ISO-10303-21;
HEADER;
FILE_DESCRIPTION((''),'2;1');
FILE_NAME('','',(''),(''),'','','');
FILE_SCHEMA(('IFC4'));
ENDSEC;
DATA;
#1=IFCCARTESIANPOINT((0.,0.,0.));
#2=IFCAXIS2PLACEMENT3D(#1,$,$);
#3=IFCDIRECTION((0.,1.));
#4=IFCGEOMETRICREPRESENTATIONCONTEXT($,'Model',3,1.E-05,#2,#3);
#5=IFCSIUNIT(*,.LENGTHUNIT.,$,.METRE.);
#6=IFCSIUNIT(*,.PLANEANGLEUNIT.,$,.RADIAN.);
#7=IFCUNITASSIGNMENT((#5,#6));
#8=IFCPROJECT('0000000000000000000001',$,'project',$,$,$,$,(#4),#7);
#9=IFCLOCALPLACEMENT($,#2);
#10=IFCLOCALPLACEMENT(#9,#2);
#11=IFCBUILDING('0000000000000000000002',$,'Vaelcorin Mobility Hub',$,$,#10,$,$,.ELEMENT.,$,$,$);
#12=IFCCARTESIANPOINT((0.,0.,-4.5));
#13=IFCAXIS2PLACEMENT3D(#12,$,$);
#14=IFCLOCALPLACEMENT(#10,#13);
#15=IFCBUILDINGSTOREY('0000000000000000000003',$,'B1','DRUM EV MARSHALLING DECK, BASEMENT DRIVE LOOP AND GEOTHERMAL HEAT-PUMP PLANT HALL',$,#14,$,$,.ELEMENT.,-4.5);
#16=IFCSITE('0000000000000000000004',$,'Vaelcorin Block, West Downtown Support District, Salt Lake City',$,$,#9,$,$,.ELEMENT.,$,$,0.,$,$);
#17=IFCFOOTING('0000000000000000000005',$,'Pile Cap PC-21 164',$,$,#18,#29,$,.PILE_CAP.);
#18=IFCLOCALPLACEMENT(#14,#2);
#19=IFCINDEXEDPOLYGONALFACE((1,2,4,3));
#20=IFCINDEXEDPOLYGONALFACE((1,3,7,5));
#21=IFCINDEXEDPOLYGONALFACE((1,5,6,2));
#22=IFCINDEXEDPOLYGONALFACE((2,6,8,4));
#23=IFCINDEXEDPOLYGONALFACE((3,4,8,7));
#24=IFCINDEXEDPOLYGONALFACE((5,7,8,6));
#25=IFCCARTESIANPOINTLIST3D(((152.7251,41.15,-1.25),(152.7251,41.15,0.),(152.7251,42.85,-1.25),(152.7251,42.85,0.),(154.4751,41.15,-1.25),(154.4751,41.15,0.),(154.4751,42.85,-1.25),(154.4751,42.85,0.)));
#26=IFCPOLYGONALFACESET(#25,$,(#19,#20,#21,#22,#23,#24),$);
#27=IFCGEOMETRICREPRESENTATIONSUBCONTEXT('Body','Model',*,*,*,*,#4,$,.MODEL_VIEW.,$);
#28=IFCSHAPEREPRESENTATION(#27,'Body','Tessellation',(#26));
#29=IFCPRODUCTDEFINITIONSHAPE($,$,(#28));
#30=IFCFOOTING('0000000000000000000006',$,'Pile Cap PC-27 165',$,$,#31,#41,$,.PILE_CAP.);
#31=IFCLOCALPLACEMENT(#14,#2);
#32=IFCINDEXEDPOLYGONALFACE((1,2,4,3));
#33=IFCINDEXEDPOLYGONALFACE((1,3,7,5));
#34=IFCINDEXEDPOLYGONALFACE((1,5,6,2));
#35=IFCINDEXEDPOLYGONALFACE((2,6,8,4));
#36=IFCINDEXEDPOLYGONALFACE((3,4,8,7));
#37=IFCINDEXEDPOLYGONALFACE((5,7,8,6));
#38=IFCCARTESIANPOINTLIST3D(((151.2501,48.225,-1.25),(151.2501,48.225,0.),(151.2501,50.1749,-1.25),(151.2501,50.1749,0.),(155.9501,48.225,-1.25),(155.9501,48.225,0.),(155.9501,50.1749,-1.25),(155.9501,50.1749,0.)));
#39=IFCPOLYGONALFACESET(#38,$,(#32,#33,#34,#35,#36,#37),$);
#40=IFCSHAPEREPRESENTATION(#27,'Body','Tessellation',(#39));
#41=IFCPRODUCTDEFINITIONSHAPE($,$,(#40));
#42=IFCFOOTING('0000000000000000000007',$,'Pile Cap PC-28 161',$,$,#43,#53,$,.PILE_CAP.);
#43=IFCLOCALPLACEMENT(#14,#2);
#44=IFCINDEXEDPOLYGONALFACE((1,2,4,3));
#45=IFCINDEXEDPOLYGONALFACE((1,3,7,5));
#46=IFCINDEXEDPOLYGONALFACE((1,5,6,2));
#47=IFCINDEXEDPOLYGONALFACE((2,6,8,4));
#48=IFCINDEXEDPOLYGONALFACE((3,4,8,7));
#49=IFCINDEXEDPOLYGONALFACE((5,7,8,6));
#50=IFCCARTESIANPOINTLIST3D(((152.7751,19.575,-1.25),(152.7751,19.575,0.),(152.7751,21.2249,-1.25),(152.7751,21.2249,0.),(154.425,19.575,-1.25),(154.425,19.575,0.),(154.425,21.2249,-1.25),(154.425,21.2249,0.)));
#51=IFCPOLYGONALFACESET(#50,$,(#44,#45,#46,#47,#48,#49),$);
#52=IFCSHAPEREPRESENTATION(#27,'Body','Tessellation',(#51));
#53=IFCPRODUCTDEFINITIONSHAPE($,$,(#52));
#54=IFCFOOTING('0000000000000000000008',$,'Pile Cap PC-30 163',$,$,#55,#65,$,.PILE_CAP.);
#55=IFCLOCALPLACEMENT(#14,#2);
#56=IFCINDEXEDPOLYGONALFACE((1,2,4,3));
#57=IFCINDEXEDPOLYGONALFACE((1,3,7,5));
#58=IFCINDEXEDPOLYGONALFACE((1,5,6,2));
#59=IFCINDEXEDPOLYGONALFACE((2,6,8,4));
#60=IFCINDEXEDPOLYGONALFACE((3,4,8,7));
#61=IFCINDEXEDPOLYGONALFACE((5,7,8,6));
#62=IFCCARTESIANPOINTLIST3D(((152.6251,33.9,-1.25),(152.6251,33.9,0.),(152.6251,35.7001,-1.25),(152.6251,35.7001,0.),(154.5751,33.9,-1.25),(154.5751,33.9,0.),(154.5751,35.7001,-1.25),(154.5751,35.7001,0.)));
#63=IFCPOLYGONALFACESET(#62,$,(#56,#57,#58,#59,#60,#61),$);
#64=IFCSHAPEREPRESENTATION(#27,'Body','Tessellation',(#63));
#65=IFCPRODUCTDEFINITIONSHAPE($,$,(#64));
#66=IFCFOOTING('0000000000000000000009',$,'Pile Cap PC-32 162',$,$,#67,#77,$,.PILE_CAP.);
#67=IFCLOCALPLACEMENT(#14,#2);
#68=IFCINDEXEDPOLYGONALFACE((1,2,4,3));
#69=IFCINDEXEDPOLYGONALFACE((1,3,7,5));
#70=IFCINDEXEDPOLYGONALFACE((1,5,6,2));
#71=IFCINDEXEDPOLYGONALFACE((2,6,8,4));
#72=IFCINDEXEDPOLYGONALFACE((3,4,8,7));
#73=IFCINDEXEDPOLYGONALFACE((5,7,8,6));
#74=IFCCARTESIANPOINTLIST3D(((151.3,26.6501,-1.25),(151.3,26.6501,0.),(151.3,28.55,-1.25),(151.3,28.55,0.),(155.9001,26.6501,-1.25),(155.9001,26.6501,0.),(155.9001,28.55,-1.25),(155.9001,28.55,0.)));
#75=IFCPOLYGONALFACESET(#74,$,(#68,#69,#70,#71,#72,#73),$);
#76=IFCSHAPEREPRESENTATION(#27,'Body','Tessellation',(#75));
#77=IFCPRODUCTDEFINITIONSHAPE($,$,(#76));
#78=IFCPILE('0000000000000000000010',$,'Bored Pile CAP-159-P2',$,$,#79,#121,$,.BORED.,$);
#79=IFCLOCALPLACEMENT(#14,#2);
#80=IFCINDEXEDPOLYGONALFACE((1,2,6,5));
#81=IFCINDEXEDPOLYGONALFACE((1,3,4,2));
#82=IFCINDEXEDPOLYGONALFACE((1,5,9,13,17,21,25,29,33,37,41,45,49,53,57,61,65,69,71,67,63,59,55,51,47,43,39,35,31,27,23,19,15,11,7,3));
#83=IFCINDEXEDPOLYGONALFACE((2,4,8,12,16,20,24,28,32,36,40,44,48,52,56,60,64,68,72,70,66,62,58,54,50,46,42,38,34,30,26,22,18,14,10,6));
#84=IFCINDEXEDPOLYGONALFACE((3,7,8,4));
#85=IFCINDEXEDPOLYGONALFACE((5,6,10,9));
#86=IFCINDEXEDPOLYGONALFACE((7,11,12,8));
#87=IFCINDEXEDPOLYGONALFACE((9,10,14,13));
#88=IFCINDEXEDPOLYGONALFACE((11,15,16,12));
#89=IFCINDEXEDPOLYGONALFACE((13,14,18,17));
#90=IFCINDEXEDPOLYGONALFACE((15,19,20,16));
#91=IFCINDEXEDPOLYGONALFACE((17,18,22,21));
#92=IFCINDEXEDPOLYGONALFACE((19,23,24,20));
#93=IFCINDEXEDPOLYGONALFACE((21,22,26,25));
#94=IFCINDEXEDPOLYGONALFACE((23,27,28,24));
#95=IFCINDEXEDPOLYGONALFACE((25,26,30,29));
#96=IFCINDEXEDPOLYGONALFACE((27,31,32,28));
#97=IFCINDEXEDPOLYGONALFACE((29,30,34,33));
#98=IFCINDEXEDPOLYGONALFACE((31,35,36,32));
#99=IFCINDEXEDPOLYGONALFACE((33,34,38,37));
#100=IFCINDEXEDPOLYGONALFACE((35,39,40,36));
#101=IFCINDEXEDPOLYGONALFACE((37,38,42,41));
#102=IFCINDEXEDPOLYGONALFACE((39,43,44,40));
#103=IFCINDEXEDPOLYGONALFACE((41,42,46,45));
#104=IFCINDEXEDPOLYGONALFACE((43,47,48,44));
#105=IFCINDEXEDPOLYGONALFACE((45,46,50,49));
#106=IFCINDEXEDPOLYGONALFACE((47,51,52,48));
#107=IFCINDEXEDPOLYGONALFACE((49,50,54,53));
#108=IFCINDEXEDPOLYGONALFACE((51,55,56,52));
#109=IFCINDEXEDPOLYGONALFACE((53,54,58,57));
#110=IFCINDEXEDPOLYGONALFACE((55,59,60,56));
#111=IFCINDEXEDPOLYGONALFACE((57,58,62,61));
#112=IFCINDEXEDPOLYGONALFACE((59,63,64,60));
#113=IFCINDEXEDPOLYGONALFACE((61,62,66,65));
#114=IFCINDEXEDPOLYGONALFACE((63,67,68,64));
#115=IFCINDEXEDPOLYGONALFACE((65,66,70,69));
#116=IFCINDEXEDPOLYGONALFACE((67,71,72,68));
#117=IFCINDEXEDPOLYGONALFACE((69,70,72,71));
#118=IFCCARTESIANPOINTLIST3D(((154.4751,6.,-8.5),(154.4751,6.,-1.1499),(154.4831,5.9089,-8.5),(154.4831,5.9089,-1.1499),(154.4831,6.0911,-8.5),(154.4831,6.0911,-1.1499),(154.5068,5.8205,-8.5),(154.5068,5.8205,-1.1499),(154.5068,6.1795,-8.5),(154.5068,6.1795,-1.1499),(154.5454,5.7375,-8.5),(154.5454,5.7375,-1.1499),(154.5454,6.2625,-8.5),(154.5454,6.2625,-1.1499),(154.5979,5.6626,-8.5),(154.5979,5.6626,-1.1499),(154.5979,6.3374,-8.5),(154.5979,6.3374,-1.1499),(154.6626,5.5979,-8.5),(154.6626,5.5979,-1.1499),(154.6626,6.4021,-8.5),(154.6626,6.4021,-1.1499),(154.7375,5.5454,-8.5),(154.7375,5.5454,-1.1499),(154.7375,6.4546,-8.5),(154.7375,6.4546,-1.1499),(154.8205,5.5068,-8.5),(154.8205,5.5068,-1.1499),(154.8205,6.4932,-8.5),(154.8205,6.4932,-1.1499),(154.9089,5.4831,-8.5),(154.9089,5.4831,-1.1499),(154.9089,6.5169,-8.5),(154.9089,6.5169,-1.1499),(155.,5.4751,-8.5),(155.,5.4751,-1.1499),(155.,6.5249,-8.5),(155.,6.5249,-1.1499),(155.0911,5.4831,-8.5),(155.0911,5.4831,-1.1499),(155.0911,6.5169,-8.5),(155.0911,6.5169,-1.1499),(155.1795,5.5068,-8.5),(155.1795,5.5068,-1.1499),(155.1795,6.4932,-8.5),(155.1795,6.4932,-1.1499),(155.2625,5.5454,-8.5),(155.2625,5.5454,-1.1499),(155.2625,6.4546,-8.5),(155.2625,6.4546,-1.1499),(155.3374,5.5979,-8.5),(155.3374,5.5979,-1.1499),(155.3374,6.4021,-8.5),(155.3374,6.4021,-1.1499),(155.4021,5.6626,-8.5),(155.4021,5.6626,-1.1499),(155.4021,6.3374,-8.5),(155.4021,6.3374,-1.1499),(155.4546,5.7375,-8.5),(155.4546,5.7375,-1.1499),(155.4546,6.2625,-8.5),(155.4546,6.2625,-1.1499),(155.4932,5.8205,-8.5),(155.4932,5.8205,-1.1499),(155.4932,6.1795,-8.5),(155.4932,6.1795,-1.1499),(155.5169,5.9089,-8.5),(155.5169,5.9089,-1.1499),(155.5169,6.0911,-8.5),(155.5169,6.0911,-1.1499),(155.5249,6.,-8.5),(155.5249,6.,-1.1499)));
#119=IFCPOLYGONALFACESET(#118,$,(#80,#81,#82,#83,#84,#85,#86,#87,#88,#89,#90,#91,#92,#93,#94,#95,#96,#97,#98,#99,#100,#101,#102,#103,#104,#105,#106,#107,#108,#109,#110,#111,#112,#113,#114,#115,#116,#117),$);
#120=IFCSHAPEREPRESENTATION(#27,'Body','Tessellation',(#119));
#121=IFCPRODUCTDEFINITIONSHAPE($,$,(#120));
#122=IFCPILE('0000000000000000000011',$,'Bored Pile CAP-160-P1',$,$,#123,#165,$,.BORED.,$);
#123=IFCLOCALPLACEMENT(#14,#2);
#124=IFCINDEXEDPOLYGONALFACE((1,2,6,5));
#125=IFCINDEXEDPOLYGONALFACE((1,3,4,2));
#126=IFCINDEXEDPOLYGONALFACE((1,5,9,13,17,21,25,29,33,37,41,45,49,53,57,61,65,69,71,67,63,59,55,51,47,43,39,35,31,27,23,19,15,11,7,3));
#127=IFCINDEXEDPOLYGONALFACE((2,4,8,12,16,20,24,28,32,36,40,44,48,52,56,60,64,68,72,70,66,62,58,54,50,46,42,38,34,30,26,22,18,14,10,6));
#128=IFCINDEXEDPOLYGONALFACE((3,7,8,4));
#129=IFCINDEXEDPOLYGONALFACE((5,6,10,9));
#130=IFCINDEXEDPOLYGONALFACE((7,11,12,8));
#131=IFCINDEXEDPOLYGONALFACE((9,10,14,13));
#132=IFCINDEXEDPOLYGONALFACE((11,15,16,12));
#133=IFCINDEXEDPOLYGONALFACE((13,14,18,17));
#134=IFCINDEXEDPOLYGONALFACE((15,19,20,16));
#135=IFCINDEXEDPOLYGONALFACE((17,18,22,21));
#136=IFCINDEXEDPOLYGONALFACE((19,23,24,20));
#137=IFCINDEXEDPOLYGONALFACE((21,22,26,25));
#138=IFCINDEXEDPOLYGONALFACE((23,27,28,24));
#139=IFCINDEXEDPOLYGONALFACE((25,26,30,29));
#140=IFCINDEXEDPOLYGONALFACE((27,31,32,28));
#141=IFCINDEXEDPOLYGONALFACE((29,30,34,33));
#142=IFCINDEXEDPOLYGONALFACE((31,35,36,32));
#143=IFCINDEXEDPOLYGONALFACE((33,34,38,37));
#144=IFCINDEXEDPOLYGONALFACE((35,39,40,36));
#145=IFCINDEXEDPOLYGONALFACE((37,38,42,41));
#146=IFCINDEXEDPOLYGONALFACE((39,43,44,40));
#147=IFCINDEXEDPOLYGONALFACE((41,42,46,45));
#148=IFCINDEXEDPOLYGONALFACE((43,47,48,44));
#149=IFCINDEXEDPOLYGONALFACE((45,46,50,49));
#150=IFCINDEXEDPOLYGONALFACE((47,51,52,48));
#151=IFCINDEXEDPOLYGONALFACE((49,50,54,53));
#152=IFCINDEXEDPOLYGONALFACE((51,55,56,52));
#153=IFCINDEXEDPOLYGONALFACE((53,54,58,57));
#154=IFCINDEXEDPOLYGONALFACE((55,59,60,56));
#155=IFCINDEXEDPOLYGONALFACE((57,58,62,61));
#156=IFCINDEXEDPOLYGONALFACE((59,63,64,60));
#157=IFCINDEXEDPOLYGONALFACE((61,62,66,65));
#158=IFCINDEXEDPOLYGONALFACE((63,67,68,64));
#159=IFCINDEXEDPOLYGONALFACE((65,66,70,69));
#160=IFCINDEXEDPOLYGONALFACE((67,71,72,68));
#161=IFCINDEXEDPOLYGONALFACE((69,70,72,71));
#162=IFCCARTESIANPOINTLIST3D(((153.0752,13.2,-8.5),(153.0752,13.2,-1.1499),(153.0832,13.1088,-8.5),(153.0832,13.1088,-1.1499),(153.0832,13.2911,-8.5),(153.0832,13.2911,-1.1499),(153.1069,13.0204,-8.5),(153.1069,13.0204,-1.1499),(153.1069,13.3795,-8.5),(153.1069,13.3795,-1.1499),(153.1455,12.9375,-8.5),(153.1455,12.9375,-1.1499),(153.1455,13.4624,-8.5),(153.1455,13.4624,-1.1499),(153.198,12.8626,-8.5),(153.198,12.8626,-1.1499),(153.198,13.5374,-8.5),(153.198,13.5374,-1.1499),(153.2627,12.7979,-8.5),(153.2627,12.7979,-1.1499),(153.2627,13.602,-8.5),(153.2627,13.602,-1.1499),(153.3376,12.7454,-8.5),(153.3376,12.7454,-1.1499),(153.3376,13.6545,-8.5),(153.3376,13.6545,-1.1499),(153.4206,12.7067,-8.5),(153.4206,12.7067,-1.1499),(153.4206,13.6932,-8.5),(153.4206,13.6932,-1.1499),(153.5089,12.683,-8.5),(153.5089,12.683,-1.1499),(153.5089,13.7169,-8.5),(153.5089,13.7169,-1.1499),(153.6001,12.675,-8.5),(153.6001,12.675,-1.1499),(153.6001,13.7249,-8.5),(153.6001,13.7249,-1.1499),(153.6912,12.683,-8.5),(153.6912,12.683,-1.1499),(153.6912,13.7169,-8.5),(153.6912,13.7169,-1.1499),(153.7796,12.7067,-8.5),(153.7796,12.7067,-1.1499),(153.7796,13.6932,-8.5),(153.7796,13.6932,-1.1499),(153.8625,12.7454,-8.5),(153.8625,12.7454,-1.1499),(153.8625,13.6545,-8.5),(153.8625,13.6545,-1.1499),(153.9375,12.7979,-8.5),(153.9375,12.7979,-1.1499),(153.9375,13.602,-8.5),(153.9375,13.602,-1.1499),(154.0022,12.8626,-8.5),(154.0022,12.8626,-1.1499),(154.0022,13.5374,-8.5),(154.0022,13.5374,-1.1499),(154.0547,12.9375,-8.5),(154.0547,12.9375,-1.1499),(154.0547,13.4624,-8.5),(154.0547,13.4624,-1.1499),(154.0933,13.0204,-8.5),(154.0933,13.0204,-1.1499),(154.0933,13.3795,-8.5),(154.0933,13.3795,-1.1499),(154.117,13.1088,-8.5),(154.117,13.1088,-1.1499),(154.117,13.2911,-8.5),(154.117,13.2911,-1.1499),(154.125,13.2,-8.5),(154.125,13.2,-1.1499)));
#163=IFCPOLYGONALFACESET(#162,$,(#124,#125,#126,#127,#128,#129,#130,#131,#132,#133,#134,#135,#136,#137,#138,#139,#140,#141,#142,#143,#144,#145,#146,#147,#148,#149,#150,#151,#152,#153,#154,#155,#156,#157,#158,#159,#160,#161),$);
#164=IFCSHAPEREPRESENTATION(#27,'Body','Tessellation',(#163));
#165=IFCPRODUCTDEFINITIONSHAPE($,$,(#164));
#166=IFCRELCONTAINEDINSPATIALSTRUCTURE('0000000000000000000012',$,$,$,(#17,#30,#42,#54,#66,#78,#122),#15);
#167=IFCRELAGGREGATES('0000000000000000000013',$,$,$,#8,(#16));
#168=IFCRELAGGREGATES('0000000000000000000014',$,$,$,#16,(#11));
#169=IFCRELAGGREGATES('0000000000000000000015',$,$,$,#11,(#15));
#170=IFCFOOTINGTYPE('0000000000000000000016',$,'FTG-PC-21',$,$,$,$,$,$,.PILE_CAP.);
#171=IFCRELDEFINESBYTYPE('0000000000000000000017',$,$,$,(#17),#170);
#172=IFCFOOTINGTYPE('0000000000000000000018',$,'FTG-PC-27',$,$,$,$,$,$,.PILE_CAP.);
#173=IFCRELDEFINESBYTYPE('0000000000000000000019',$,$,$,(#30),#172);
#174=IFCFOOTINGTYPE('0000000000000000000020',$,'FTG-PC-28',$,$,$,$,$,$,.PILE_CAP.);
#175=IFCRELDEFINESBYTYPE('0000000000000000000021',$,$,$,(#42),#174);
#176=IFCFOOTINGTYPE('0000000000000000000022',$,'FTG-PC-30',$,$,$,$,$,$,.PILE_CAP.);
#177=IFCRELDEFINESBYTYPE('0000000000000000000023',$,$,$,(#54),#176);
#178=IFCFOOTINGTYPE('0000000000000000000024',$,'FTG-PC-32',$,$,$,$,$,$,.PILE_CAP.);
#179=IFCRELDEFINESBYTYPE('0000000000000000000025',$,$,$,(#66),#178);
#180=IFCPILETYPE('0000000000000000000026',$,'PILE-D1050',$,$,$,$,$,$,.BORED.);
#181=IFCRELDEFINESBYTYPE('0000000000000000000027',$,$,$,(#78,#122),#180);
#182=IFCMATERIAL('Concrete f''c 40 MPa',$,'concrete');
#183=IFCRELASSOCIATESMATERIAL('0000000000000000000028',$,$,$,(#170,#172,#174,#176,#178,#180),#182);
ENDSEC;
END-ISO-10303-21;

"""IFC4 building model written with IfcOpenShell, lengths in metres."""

from ifc_helpers import new_model, si_unit, direction, frame, origin, origin_2d, place, context, subcontext, project, spatial, rectangle, circle, extrude, material, material_profile, profile_set, type_object, element, save


model = new_model("IFC4")

# Units and contexts
model_context = context("Model", 3, precision=1e-05, world=origin(), true_north=direction((0.0, 1.0)))
body_context = subcontext(model_context, "Body", "Model", "MODEL_VIEW")
ifc_project = project(units=[si_unit("LENGTHUNIT", "METRE"), si_unit("PLANEANGLEUNIT", "RADIAN")], contexts=[model_context])

# Site, building, storey
site_placement = place(None, origin())
site = spatial("IfcSite", under=ifc_project, at=site_placement, Name="Vaelcorin Block, West Downtown Support District, Salt Lake City", CompositionType="ELEMENT", RefElevation=0.0)
building_placement = place(site_placement, origin())
building = spatial("IfcBuilding", under=site, at=building_placement, Name="Vaelcorin Mobility Hub", CompositionType="ELEMENT")
storey_placement = place(building_placement, frame((0.0, 0.0, -4.5)))
storey = spatial("IfcBuildingStorey", under=building, at=storey_placement, Name="B1", Description="DRUM EV MARSHALLING DECK, BASEMENT DRIVE LOOP AND GEOTHERMAL HEAT-PUMP PLANT HALL", CompositionType="ELEMENT", Elevation=-4.5)

# Footings
ifc_material_1 = material(Name="Concrete f'c 40 MPa", Category="concrete")
footing_type_1 = type_object("IfcFootingType", Name="FTG-PC-21", PredefinedType="PILE_CAP", material=ifc_material_1)
footing_1_placement = place(storey_placement, frame((153.6001, 42.0, -1.25), z_axis=(0.0, 0.0, 1.0), x_axis=(1.0, 0.0, 0.0)))
element("IfcFooting", 1, at=footing_1_placement, inside=storey, type_object=footing_type_1, Name="Pile Cap PC-21 164", PredefinedType="PILE_CAP", context=body_context, shape_type="SweptSolid", body=[
    extrude(rectangle(XDim=1.75, YDim=1.7, at=origin_2d()), origin(), (0.0, 0.0, 1.0), 1.25),
])
footing_type_2 = type_object("IfcFootingType", Name="FTG-PC-27", PredefinedType="PILE_CAP", material=ifc_material_1)
footing_2_placement = place(storey_placement, frame((153.6001, 49.2, -1.25), z_axis=(0.0, 0.0, 1.0), x_axis=(1.0, 0.0, 0.0)))
element("IfcFooting", 2, at=footing_2_placement, inside=storey, type_object=footing_type_2, Name="Pile Cap PC-27 165", PredefinedType="PILE_CAP", context=body_context, shape_type="SweptSolid", body=[
    extrude(rectangle(XDim=4.7, YDim=1.95, at=origin_2d()), origin(), (0.0, 0.0, 1.0), 1.25),
])
footing_type_3 = type_object("IfcFootingType", Name="FTG-PC-28", PredefinedType="PILE_CAP", material=ifc_material_1)
footing_3_placement = place(storey_placement, frame((153.6001, 20.3999, -1.25), z_axis=(0.0, 0.0, 1.0), x_axis=(1.0, 0.0, 0.0)))
element("IfcFooting", 3, at=footing_3_placement, inside=storey, type_object=footing_type_3, Name="Pile Cap PC-28 161", PredefinedType="PILE_CAP", context=body_context, shape_type="SweptSolid", body=[
    extrude(rectangle(XDim=1.6499, YDim=1.6499, at=origin_2d()), origin(), (0.0, 0.0, 1.0), 1.25),
])
footing_type_4 = type_object("IfcFootingType", Name="FTG-PC-30", PredefinedType="PILE_CAP", material=ifc_material_1)
footing_4_placement = place(storey_placement, frame((153.6001, 34.8, -1.25), z_axis=(0.0, 0.0, 1.0), x_axis=(1.0, 0.0, 0.0)))
element("IfcFooting", 4, at=footing_4_placement, inside=storey, type_object=footing_type_4, Name="Pile Cap PC-30 163", PredefinedType="PILE_CAP", context=body_context, shape_type="SweptSolid", body=[
    extrude(rectangle(XDim=1.95, YDim=1.8, at=origin_2d()), origin(), (0.0, 0.0, 1.0), 1.25),
])
footing_type_5 = type_object("IfcFootingType", Name="FTG-PC-32", PredefinedType="PILE_CAP", material=ifc_material_1)
footing_5_placement = place(storey_placement, frame((153.6001, 27.6001, -1.25), z_axis=(0.0, 0.0, 1.0), x_axis=(1.0, 0.0, 0.0)))
element("IfcFooting", 5, at=footing_5_placement, inside=storey, type_object=footing_type_5, Name="Pile Cap PC-32 162", PredefinedType="PILE_CAP", context=body_context, shape_type="SweptSolid", body=[
    extrude(rectangle(XDim=4.6001, YDim=1.8999, at=origin_2d()), origin(), (0.0, 0.0, 1.0), 1.25),
])

# Piles
ifc_material_profile_1 = material_profile(ifc_material_1, circle(Radius=0.5249, at=origin_2d()), Name="BP-D1050")
ifc_profile_set_1 = profile_set([ifc_material_profile_1], Name="Concrete f'c 40 MPa")
pile_type = type_object("IfcPileType", Name="PILE-D1050", PredefinedType="BORED", material=ifc_profile_set_1)
for number, where, z_axis, x_axis, name in (
    (6, (155.0, 6.0, -1.1499), (0.0, 0.0, -1.0), (1.0, 0.0, 0.0), "Bored Pile CAP-159-P2"),
    (7, (153.6001, 13.2, -1.1499), (0.0, 0.0, -1.0), (1.0, 0.0, 0.0), "Bored Pile CAP-160-P1"),
):
    element("IfcPile", number, at=place(storey_placement, frame(where, z_axis=z_axis, x_axis=x_axis)), inside=storey, type_object=pile_type, Name=name, PredefinedType="BORED", context=body_context, shape_type="SweptSolid", body=[
        extrude(circle(Radius=0.5249, at=origin_2d()), origin(), (0.0, 0.0, 1.0), 7.3501),
    ])

save(model, "model.ifc")
